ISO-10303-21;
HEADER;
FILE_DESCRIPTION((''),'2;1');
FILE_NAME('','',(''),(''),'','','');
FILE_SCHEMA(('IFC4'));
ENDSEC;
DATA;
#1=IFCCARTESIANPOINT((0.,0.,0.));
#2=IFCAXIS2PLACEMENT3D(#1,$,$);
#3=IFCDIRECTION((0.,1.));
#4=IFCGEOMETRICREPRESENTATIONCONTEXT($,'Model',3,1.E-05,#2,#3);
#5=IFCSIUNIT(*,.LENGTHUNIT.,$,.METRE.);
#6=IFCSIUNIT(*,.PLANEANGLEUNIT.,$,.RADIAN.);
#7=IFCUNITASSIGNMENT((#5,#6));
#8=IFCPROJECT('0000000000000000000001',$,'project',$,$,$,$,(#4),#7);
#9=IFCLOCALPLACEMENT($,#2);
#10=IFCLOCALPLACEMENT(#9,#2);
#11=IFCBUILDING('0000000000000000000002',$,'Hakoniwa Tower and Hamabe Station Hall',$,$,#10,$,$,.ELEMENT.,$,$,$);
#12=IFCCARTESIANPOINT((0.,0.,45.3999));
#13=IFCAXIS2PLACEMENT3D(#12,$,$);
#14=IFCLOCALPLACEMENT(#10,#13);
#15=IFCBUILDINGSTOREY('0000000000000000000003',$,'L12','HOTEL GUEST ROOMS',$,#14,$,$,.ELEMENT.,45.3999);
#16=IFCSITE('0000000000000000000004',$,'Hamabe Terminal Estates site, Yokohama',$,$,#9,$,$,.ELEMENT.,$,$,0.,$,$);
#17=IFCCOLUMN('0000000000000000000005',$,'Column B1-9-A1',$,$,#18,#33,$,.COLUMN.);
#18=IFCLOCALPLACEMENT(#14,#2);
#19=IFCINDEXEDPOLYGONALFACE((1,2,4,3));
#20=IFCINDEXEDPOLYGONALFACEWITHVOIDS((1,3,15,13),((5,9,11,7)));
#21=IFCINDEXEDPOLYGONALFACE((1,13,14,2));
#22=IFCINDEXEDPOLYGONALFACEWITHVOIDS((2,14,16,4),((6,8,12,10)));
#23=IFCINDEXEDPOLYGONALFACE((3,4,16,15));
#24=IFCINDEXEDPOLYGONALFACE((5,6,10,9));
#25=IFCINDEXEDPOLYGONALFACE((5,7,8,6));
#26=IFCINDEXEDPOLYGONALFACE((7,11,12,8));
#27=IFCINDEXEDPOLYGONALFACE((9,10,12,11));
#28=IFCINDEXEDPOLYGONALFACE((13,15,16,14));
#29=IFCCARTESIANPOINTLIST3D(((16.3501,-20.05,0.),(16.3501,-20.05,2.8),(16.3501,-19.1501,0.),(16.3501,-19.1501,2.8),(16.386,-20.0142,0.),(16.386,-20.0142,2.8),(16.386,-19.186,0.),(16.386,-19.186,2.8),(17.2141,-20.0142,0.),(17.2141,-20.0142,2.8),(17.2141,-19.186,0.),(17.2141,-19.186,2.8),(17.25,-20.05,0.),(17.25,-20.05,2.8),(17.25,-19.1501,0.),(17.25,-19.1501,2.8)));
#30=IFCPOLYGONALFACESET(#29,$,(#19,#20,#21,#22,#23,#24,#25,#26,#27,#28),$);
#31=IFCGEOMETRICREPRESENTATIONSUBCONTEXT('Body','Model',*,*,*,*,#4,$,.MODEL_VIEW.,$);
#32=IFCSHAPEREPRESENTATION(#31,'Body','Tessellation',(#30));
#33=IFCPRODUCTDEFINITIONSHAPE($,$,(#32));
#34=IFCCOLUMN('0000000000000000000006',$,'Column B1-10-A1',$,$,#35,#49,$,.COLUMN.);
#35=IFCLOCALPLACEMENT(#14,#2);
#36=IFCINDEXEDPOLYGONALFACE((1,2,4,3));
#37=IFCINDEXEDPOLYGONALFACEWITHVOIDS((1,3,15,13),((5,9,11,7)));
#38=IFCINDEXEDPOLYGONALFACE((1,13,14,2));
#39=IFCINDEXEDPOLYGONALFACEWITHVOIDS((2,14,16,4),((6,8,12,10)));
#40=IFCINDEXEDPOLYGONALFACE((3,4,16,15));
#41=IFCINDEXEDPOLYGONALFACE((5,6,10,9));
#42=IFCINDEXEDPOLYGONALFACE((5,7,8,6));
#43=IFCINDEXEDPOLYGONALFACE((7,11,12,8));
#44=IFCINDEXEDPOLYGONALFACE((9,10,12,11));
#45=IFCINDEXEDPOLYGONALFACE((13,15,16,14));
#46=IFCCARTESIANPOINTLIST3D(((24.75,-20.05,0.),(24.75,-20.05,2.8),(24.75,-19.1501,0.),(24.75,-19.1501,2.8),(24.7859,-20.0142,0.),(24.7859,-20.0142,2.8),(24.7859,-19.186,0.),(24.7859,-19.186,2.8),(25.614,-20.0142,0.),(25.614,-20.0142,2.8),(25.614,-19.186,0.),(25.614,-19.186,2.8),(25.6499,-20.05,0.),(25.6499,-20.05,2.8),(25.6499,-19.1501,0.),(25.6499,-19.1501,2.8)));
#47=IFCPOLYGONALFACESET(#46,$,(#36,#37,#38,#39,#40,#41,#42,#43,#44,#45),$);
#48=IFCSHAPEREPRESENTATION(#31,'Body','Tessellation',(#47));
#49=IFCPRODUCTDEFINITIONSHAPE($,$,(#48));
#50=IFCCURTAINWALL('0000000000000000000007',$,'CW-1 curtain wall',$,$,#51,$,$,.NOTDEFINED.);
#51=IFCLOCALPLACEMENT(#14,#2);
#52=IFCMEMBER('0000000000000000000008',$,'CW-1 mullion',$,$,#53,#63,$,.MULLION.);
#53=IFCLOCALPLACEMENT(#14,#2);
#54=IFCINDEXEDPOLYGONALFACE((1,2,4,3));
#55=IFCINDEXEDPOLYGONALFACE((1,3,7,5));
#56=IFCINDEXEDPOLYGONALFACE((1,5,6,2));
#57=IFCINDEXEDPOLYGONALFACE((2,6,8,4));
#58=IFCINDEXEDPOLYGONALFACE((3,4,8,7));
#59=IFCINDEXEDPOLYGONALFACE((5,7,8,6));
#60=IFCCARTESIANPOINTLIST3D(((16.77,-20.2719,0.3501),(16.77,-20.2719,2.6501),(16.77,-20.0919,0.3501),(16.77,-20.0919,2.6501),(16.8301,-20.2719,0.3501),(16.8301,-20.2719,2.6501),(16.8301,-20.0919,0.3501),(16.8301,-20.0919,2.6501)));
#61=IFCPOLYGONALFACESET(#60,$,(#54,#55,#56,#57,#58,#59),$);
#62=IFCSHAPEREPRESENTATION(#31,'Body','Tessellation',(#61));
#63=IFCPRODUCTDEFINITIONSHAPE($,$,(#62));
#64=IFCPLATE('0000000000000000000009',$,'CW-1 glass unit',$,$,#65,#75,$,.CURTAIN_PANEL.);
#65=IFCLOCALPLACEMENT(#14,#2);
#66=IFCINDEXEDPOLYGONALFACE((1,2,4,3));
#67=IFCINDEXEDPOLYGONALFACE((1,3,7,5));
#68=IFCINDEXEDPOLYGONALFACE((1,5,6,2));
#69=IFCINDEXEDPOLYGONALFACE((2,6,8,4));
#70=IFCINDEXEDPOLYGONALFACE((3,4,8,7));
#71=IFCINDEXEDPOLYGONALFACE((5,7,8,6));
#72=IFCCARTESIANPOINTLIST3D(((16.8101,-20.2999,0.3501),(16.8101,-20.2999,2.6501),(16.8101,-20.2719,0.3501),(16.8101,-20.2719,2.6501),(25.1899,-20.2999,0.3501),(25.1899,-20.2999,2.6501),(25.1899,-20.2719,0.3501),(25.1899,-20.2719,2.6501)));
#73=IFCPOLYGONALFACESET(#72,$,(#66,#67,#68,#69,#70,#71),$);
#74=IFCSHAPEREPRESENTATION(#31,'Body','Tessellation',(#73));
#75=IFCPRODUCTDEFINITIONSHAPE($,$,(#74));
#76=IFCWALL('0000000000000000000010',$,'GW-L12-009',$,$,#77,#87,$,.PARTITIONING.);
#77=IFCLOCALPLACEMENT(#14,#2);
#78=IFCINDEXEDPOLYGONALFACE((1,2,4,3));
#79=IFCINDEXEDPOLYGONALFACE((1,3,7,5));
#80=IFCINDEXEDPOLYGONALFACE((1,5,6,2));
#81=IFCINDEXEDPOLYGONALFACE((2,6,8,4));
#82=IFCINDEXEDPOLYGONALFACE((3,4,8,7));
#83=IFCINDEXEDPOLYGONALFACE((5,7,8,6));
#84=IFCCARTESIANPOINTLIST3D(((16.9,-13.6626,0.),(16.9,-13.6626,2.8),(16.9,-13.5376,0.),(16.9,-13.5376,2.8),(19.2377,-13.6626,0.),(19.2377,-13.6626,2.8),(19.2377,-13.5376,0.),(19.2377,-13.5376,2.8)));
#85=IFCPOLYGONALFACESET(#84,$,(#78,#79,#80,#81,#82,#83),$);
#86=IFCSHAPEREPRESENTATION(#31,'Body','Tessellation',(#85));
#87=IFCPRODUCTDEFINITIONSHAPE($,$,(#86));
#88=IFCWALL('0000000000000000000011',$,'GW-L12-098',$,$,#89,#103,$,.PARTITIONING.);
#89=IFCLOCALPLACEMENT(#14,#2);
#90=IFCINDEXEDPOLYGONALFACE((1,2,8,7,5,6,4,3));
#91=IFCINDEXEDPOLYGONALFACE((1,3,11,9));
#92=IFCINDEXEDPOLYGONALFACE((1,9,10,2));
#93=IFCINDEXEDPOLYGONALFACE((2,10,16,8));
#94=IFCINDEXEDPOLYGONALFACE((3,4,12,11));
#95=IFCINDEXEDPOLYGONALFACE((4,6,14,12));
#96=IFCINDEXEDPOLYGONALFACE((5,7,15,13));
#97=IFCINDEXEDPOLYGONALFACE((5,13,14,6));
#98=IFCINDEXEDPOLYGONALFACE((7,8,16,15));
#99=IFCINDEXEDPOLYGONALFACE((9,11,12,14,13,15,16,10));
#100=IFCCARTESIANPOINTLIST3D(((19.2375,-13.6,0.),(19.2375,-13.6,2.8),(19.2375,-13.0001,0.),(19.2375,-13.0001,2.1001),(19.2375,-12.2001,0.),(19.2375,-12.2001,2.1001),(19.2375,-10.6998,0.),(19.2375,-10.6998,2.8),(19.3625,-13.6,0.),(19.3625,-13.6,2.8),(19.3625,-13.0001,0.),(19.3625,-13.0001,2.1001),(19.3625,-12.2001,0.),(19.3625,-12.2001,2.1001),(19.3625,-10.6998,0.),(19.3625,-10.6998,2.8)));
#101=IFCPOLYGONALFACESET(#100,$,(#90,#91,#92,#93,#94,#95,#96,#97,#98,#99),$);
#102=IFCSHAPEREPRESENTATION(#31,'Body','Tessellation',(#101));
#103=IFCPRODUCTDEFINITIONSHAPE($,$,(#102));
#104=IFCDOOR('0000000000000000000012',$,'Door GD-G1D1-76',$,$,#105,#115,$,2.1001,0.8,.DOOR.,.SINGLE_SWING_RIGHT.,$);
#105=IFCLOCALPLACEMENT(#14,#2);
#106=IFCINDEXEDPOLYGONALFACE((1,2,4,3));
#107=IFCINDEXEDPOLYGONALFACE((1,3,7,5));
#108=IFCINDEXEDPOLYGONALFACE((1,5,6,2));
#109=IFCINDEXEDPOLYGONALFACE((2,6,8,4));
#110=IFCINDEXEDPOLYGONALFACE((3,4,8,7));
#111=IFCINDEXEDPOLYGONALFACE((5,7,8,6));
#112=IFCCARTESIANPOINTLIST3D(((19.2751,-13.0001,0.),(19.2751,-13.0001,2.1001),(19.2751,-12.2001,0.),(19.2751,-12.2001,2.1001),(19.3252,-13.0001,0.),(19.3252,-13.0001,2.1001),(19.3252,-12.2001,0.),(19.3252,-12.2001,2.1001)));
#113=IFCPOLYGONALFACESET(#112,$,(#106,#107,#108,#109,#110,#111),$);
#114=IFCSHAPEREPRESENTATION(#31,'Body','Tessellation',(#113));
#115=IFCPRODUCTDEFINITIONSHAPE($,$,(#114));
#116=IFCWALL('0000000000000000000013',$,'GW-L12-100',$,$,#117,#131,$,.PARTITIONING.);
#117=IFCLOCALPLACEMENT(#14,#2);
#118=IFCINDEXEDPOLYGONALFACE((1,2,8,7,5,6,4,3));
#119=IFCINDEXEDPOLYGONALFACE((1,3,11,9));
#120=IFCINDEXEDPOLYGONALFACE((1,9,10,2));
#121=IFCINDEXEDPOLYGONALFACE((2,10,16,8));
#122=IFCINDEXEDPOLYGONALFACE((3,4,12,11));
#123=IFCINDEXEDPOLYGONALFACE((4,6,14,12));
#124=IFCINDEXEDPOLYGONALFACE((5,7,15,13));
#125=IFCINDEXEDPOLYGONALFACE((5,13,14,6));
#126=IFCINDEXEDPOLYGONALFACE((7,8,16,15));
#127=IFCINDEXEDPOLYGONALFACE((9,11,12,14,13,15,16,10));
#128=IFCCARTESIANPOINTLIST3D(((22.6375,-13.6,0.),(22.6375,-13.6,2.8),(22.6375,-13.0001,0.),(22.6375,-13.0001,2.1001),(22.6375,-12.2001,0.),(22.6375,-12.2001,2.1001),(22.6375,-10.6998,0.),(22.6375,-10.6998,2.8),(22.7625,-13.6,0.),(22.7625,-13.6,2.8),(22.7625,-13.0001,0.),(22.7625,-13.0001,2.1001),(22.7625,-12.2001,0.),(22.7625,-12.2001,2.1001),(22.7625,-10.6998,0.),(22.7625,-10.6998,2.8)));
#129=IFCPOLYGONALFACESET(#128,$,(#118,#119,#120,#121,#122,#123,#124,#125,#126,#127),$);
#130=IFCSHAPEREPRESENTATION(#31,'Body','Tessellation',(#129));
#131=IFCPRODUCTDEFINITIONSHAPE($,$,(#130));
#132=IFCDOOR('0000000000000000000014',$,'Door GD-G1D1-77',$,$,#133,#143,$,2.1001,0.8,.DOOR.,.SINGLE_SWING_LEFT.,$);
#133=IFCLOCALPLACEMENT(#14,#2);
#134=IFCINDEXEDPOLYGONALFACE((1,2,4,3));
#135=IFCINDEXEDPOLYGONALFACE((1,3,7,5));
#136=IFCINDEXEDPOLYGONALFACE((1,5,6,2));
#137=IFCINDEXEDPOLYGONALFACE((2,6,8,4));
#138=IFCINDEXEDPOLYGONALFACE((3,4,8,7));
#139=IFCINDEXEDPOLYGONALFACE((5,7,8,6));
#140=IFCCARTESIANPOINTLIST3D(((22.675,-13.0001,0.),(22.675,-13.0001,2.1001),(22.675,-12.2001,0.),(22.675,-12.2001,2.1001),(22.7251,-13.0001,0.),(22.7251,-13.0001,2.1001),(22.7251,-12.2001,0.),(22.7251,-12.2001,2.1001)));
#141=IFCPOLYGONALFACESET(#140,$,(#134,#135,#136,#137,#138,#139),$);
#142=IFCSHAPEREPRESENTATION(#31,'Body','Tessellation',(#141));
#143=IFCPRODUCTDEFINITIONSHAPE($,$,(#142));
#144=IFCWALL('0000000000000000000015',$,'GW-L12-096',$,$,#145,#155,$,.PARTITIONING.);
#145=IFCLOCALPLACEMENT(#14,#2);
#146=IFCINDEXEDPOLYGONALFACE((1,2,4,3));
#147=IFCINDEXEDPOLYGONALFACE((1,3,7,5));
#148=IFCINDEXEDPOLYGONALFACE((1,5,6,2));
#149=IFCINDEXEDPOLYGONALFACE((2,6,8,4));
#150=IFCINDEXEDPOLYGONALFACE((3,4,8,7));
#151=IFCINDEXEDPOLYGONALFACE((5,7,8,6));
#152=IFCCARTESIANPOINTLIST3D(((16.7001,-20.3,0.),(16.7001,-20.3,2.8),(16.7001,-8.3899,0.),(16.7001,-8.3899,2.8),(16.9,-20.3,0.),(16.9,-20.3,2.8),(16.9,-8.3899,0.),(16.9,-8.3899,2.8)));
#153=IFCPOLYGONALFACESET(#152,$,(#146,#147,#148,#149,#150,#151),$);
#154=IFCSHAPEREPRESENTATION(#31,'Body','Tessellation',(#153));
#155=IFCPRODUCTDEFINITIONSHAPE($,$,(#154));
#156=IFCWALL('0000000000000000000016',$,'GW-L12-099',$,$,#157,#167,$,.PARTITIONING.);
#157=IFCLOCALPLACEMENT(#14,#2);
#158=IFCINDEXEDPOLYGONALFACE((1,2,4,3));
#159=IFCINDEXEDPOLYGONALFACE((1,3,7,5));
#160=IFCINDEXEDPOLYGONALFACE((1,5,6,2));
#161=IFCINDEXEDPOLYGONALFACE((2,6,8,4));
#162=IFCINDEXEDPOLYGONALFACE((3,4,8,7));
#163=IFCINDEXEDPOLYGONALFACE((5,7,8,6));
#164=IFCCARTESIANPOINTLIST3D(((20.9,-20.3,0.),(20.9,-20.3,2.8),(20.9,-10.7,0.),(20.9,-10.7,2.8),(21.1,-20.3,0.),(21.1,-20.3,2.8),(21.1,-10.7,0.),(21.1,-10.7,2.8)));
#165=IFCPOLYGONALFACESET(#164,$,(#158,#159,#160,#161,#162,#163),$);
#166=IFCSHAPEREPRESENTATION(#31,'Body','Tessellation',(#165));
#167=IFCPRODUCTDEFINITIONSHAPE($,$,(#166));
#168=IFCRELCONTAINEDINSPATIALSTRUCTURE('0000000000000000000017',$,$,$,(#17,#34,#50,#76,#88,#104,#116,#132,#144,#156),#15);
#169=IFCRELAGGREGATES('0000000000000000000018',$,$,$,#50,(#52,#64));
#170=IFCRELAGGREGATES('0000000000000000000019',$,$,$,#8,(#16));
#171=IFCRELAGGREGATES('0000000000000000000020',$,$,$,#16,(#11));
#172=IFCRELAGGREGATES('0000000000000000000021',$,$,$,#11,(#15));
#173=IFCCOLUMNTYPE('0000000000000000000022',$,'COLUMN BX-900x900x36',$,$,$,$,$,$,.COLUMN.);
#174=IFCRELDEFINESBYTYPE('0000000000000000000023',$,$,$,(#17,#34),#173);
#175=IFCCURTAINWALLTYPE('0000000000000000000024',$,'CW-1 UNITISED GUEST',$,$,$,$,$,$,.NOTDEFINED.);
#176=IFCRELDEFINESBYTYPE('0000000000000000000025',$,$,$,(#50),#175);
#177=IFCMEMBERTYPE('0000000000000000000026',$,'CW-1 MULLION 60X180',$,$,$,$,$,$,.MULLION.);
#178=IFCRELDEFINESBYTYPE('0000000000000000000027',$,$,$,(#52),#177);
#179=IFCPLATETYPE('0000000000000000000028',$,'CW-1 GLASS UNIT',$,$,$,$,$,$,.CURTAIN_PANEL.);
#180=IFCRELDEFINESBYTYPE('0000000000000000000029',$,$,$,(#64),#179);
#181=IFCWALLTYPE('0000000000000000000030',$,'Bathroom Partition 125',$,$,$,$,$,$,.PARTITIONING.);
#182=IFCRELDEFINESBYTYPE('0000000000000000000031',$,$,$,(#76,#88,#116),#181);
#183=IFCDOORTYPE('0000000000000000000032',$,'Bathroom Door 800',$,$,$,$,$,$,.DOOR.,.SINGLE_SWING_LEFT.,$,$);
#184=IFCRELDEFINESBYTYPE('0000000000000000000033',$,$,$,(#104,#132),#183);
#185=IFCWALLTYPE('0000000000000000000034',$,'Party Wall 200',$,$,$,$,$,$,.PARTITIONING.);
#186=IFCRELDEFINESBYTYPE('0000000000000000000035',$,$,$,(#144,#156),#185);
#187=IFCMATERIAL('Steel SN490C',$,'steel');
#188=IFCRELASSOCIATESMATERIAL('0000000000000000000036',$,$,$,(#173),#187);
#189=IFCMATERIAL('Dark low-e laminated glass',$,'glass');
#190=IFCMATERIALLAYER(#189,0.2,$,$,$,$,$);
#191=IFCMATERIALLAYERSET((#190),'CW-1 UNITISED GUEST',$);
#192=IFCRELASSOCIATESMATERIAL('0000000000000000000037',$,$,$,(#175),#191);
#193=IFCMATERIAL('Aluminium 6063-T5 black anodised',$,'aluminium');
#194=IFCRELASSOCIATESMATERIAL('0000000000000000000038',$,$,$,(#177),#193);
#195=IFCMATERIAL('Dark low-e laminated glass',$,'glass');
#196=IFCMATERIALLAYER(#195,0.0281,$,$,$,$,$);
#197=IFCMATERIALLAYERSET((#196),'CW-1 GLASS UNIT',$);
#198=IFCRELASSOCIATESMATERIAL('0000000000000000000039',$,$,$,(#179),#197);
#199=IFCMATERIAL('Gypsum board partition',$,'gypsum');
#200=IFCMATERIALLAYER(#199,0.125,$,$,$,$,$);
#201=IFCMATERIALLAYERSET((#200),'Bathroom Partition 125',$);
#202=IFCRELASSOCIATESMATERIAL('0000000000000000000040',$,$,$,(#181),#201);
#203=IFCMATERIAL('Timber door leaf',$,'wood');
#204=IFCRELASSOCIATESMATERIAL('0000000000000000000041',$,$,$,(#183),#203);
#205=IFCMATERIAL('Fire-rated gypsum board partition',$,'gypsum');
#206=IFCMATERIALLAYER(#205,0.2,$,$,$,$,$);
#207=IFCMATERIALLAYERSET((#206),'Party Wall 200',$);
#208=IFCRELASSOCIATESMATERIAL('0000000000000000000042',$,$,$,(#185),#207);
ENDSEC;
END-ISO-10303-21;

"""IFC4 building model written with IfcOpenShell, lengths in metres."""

from ifc_helpers import new_model, si_unit, direction, frame, frame_2d, origin, origin_2d, place, context, subcontext, project, spatial, rectangle, hollow_rectangle, extrude, material, layer, layer_set, material_profile, profile_set, type_object, element, fill, aggregate, save


model = new_model("IFC4")

# Units and contexts
model_context = context("Model", 3, precision=1e-05, world=origin(), true_north=direction((0.0, 1.0)))
body_context = subcontext(model_context, "Body", "Model", "MODEL_VIEW")
ifc_project = project(units=[si_unit("LENGTHUNIT", "METRE"), si_unit("PLANEANGLEUNIT", "RADIAN")], contexts=[model_context])

# Site, building, storey
site_placement = place(None, origin())
site = spatial("IfcSite", under=ifc_project, at=site_placement, Name="Hamabe Terminal Estates site, Yokohama", CompositionType="ELEMENT", RefElevation=0.0)
building_placement = place(site_placement, origin())
building = spatial("IfcBuilding", under=site, at=building_placement, Name="Hakoniwa Tower and Hamabe Station Hall", CompositionType="ELEMENT")
storey_placement = place(building_placement, frame((0.0, 0.0, 45.3999)))
storey = spatial("IfcBuildingStorey", under=building, at=storey_placement, Name="L12", Description="HOTEL GUEST ROOMS", CompositionType="ELEMENT", Elevation=45.3999)

# Columns
ifc_material_1 = material(Name="Steel SN490C", Category="steel")
ifc_material_profile_1 = material_profile(ifc_material_1, hollow_rectangle(XDim=0.8999, YDim=0.8999, WallThickness=0.0359, at=origin_2d()), Name="BX-900x900x36")
ifc_profile_set_1 = profile_set([ifc_material_profile_1], Name="Steel SN490C")
column_type = type_object("IfcColumnType", Name="COLUMN BX-900x900x36", PredefinedType="COLUMN", material=ifc_profile_set_1)
for number, where, z_axis, x_axis, name in (
    (1, (16.8, -19.6001, 0.0), (0.0, 0.0, 1.0), (1.0, 0.0, 0.0), "Column B1-9-A1"),
    (2, (25.2, -19.6001, 0.0), (0.0, 0.0, 1.0), (1.0, 0.0, 0.0), "Column B1-10-A1"),
):
    element("IfcColumn", number, at=place(storey_placement, frame(where, z_axis=z_axis, x_axis=x_axis)), inside=storey, type_object=column_type, Name=name, PredefinedType="COLUMN", context=body_context, shape_type="SweptSolid", body=[
        extrude(hollow_rectangle(XDim=0.8999, YDim=0.8999, WallThickness=0.0359, at=origin_2d()), origin(), (0.0, 0.0, 1.0), 2.8),
    ])

# Curtain wall, member, plate
ifc_material_2 = material(Name="Dark low-e laminated glass", Category="glass")
ifc_layer_1 = layer(ifc_material_2, 0.2)
ifc_layer_set_1 = layer_set([ifc_layer_1], Name="CW-1 UNITISED GUEST")
curtain_wall_type = type_object("IfcCurtainWallType", Name="CW-1 UNITISED GUEST", PredefinedType="NOTDEFINED", material=ifc_layer_set_1)
curtain_wall_placement = place(storey_placement, origin())
curtain_wall = element("IfcCurtainWall", 3, at=curtain_wall_placement, inside=storey, type_object=curtain_wall_type, Name="CW-1 curtain wall", PredefinedType="NOTDEFINED")
ifc_material_3 = material(Name="Aluminium 6063-T5 black anodised", Category="aluminium")
ifc_material_profile_2 = material_profile(ifc_material_3, rectangle(XDim=0.0601, YDim=0.1799, at=origin_2d()), Name="CW-1 MULLION 60X180")
ifc_profile_set_2 = profile_set([ifc_material_profile_2], Name="Aluminium 6063-T5 black anodised")
member_type = type_object("IfcMemberType", Name="CW-1 MULLION 60X180", PredefinedType="MULLION", material=ifc_profile_set_2)
member_placement = place(storey_placement, frame((16.8, -20.1819, 0.3501), z_axis=(0.0, 0.0, 1.0), x_axis=(1.0, 0.0, 0.0)))
member = element("IfcMember", 4, at=member_placement, type_object=member_type, Name="CW-1 mullion", PredefinedType="MULLION", context=body_context, shape_type="SweptSolid", body=[
    extrude(rectangle(XDim=0.0601, YDim=0.1799, at=origin_2d()), origin(), (0.0, 0.0, 1.0), 2.3),
])
ifc_material_4 = material(Name="Dark low-e laminated glass", Category="glass")
ifc_layer_2 = layer(ifc_material_4, 0.0281)
ifc_layer_set_2 = layer_set([ifc_layer_2], Name="CW-1 GLASS UNIT")
plate_type = type_object("IfcPlateType", Name="CW-1 GLASS UNIT", PredefinedType="CURTAIN_PANEL", material=ifc_layer_set_2)
plate_placement = place(storey_placement, frame((21.0, -20.2859, 0.3501), z_axis=(0.0, 0.0, 1.0), x_axis=(1.0, 0.0, 0.0)))
plate = element("IfcPlate", 5, at=plate_placement, type_object=plate_type, Name="CW-1 glass unit", PredefinedType="CURTAIN_PANEL", context=body_context, shape_type="SweptSolid", body=[
    extrude(rectangle(XDim=8.3799, YDim=0.0281, at=origin_2d()), origin(), (0.0, 0.0, 1.0), 2.3),
])
aggregate(curtain_wall, [member, plate])

# Wall
ifc_material_5 = material(Name="Gypsum board partition", Category="gypsum")
ifc_layer_3 = layer(ifc_material_5, 0.125)
ifc_layer_set_3 = layer_set([ifc_layer_3], Name="Bathroom Partition 125")
wall_type_1 = type_object("IfcWallType", Name="Bathroom Partition 125", PredefinedType="PARTITIONING", material=ifc_layer_set_3)
wall_1_placement = place(storey_placement, frame((16.8999, -13.6001, 0.0), z_axis=(0.0, 0.0, 1.0), x_axis=(1.0, 0.0, 0.0)))
element("IfcWall", 6, at=wall_1_placement, inside=storey, type_object=wall_type_1, Name="GW-L12-009", PredefinedType="PARTITIONING", context=body_context, shape_type="SweptSolid", body=[
    extrude(rectangle(XDim=2.3376, YDim=0.125, at=frame_2d((1.1689, 0.0))), origin(), (0.0, 0.0, 1.0), 2.8),
])

# Walls, openings, doors
wall_2_placement = place(storey_placement, frame((19.3, -13.6001, 0.0), z_axis=(0.0, 0.0, 1.0), x_axis=(0.0, 1.0, 0.0)))
wall_2 = element("IfcWall", 7, at=wall_2_placement, inside=storey, type_object=wall_type_1, Name="GW-L12-098", PredefinedType="PARTITIONING", context=body_context, shape_type="SweptSolid", body=[
    extrude(rectangle(XDim=2.9001, YDim=0.125, at=frame_2d((1.4502, 0.0))), origin(), (0.0, 0.0, 1.0), 2.8),
])
opening_1_placement = place(wall_2_placement, frame((0.6001, 0.0, 0.0)))
opening_1 = element("IfcOpeningElement", 8, at=opening_1_placement, cuts=wall_2, PredefinedType="OPENING", context=body_context, shape_type="SweptSolid", body=[
    extrude(rectangle(XDim=0.8, YDim=2.1001, at=frame_2d((0.3999, 1.05))), frame((0.0, 0.0725, 0.0), z_axis=(0.0, -1.0, 0.0), x_axis=(1.0, 0.0, 0.0)), (0.0, 0.0, 1.0), 0.145),
])
ifc_material_6 = material(Name="Timber door leaf", Category="wood")
door_type = type_object("IfcDoorType", Name="Bathroom Door 800", OperationType="SINGLE_SWING_LEFT", PredefinedType="DOOR", material=ifc_material_6)
door_1_placement = place(opening_1_placement, origin())
door_1 = element("IfcDoor", 9, at=door_1_placement, inside=storey, type_object=door_type, Name="Door GD-G1D1-76", OperationType="SINGLE_SWING_RIGHT", OverallHeight=2.1001, OverallWidth=0.8, PredefinedType="DOOR", context=body_context, shape_type="SweptSolid", body=[
    extrude(rectangle(XDim=0.8, YDim=2.1001, at=frame_2d((0.3999, 1.05))), frame((0.0, 0.0249, 0.0), z_axis=(0.0, -1.0, 0.0), x_axis=(1.0, 0.0, 0.0)), (0.0, 0.0, 1.0), 0.05),
])
fill(opening_1, door_1)
wall_3_placement = place(storey_placement, frame((22.7, -13.6001, 0.0), z_axis=(0.0, 0.0, 1.0), x_axis=(0.0, 1.0, 0.0)))
wall_3 = element("IfcWall", 10, at=wall_3_placement, inside=storey, type_object=wall_type_1, Name="GW-L12-100", PredefinedType="PARTITIONING", context=body_context, shape_type="SweptSolid", body=[
    extrude(rectangle(XDim=2.9001, YDim=0.125, at=frame_2d((1.4502, 0.0))), origin(), (0.0, 0.0, 1.0), 2.8),
])
opening_2_placement = place(wall_3_placement, frame((0.6001, 0.0, 0.0)))
opening_2 = element("IfcOpeningElement", 11, at=opening_2_placement, cuts=wall_3, PredefinedType="OPENING", context=body_context, shape_type="SweptSolid", body=[
    extrude(rectangle(XDim=0.8, YDim=2.1001, at=frame_2d((0.3999, 1.05))), frame((0.0, 0.0725, 0.0), z_axis=(0.0, -1.0, 0.0), x_axis=(1.0, 0.0, 0.0)), (0.0, 0.0, 1.0), 0.145),
])
door_2_placement = place(opening_2_placement, origin())
door_2 = element("IfcDoor", 12, at=door_2_placement, inside=storey, type_object=door_type, Name="Door GD-G1D1-77", OperationType="SINGLE_SWING_LEFT", OverallHeight=2.1001, OverallWidth=0.8, PredefinedType="DOOR", context=body_context, shape_type="SweptSolid", body=[
    extrude(rectangle(XDim=0.8, YDim=2.1001, at=frame_2d((0.3999, 1.05))), frame((0.0, 0.0249, 0.0), z_axis=(0.0, -1.0, 0.0), x_axis=(1.0, 0.0, 0.0)), (0.0, 0.0, 1.0), 0.05),
])
fill(opening_2, door_2)

# Walls
ifc_material_7 = material(Name="Fire-rated gypsum board partition", Category="gypsum")
ifc_layer_4 = layer(ifc_material_7, 0.2)
ifc_layer_set_4 = layer_set([ifc_layer_4], Name="Party Wall 200")
wall_type_2 = type_object("IfcWallType", Name="Party Wall 200", PredefinedType="PARTITIONING", material=ifc_layer_set_4)
wall_4_placement = place(storey_placement, frame((16.8, -20.3, 0.0), z_axis=(0.0, 0.0, 1.0), x_axis=(0.0, 1.0, 0.0)))
element("IfcWall", 13, at=wall_4_placement, inside=storey, type_object=wall_type_2, Name="GW-L12-096", PredefinedType="PARTITIONING", context=body_context, shape_type="SweptSolid", body=[
    extrude(rectangle(XDim=11.9102, YDim=0.2, at=frame_2d((5.9551, 0.0))), origin(), (0.0, 0.0, 1.0), 2.8),
])
wall_5_placement = place(storey_placement, frame((21.0, -20.3, 0.0), z_axis=(0.0, 0.0, 1.0), x_axis=(0.0, 1.0, 0.0)))
element("IfcWall", 14, at=wall_5_placement, inside=storey, type_object=wall_type_2, Name="GW-L12-099", PredefinedType="PARTITIONING", context=body_context, shape_type="SweptSolid", body=[
    extrude(rectangle(XDim=9.6001, YDim=0.2, at=frame_2d((4.8, 0.0))), origin(), (0.0, 0.0, 1.0), 2.8),
])

save(model, "model.ifc")
